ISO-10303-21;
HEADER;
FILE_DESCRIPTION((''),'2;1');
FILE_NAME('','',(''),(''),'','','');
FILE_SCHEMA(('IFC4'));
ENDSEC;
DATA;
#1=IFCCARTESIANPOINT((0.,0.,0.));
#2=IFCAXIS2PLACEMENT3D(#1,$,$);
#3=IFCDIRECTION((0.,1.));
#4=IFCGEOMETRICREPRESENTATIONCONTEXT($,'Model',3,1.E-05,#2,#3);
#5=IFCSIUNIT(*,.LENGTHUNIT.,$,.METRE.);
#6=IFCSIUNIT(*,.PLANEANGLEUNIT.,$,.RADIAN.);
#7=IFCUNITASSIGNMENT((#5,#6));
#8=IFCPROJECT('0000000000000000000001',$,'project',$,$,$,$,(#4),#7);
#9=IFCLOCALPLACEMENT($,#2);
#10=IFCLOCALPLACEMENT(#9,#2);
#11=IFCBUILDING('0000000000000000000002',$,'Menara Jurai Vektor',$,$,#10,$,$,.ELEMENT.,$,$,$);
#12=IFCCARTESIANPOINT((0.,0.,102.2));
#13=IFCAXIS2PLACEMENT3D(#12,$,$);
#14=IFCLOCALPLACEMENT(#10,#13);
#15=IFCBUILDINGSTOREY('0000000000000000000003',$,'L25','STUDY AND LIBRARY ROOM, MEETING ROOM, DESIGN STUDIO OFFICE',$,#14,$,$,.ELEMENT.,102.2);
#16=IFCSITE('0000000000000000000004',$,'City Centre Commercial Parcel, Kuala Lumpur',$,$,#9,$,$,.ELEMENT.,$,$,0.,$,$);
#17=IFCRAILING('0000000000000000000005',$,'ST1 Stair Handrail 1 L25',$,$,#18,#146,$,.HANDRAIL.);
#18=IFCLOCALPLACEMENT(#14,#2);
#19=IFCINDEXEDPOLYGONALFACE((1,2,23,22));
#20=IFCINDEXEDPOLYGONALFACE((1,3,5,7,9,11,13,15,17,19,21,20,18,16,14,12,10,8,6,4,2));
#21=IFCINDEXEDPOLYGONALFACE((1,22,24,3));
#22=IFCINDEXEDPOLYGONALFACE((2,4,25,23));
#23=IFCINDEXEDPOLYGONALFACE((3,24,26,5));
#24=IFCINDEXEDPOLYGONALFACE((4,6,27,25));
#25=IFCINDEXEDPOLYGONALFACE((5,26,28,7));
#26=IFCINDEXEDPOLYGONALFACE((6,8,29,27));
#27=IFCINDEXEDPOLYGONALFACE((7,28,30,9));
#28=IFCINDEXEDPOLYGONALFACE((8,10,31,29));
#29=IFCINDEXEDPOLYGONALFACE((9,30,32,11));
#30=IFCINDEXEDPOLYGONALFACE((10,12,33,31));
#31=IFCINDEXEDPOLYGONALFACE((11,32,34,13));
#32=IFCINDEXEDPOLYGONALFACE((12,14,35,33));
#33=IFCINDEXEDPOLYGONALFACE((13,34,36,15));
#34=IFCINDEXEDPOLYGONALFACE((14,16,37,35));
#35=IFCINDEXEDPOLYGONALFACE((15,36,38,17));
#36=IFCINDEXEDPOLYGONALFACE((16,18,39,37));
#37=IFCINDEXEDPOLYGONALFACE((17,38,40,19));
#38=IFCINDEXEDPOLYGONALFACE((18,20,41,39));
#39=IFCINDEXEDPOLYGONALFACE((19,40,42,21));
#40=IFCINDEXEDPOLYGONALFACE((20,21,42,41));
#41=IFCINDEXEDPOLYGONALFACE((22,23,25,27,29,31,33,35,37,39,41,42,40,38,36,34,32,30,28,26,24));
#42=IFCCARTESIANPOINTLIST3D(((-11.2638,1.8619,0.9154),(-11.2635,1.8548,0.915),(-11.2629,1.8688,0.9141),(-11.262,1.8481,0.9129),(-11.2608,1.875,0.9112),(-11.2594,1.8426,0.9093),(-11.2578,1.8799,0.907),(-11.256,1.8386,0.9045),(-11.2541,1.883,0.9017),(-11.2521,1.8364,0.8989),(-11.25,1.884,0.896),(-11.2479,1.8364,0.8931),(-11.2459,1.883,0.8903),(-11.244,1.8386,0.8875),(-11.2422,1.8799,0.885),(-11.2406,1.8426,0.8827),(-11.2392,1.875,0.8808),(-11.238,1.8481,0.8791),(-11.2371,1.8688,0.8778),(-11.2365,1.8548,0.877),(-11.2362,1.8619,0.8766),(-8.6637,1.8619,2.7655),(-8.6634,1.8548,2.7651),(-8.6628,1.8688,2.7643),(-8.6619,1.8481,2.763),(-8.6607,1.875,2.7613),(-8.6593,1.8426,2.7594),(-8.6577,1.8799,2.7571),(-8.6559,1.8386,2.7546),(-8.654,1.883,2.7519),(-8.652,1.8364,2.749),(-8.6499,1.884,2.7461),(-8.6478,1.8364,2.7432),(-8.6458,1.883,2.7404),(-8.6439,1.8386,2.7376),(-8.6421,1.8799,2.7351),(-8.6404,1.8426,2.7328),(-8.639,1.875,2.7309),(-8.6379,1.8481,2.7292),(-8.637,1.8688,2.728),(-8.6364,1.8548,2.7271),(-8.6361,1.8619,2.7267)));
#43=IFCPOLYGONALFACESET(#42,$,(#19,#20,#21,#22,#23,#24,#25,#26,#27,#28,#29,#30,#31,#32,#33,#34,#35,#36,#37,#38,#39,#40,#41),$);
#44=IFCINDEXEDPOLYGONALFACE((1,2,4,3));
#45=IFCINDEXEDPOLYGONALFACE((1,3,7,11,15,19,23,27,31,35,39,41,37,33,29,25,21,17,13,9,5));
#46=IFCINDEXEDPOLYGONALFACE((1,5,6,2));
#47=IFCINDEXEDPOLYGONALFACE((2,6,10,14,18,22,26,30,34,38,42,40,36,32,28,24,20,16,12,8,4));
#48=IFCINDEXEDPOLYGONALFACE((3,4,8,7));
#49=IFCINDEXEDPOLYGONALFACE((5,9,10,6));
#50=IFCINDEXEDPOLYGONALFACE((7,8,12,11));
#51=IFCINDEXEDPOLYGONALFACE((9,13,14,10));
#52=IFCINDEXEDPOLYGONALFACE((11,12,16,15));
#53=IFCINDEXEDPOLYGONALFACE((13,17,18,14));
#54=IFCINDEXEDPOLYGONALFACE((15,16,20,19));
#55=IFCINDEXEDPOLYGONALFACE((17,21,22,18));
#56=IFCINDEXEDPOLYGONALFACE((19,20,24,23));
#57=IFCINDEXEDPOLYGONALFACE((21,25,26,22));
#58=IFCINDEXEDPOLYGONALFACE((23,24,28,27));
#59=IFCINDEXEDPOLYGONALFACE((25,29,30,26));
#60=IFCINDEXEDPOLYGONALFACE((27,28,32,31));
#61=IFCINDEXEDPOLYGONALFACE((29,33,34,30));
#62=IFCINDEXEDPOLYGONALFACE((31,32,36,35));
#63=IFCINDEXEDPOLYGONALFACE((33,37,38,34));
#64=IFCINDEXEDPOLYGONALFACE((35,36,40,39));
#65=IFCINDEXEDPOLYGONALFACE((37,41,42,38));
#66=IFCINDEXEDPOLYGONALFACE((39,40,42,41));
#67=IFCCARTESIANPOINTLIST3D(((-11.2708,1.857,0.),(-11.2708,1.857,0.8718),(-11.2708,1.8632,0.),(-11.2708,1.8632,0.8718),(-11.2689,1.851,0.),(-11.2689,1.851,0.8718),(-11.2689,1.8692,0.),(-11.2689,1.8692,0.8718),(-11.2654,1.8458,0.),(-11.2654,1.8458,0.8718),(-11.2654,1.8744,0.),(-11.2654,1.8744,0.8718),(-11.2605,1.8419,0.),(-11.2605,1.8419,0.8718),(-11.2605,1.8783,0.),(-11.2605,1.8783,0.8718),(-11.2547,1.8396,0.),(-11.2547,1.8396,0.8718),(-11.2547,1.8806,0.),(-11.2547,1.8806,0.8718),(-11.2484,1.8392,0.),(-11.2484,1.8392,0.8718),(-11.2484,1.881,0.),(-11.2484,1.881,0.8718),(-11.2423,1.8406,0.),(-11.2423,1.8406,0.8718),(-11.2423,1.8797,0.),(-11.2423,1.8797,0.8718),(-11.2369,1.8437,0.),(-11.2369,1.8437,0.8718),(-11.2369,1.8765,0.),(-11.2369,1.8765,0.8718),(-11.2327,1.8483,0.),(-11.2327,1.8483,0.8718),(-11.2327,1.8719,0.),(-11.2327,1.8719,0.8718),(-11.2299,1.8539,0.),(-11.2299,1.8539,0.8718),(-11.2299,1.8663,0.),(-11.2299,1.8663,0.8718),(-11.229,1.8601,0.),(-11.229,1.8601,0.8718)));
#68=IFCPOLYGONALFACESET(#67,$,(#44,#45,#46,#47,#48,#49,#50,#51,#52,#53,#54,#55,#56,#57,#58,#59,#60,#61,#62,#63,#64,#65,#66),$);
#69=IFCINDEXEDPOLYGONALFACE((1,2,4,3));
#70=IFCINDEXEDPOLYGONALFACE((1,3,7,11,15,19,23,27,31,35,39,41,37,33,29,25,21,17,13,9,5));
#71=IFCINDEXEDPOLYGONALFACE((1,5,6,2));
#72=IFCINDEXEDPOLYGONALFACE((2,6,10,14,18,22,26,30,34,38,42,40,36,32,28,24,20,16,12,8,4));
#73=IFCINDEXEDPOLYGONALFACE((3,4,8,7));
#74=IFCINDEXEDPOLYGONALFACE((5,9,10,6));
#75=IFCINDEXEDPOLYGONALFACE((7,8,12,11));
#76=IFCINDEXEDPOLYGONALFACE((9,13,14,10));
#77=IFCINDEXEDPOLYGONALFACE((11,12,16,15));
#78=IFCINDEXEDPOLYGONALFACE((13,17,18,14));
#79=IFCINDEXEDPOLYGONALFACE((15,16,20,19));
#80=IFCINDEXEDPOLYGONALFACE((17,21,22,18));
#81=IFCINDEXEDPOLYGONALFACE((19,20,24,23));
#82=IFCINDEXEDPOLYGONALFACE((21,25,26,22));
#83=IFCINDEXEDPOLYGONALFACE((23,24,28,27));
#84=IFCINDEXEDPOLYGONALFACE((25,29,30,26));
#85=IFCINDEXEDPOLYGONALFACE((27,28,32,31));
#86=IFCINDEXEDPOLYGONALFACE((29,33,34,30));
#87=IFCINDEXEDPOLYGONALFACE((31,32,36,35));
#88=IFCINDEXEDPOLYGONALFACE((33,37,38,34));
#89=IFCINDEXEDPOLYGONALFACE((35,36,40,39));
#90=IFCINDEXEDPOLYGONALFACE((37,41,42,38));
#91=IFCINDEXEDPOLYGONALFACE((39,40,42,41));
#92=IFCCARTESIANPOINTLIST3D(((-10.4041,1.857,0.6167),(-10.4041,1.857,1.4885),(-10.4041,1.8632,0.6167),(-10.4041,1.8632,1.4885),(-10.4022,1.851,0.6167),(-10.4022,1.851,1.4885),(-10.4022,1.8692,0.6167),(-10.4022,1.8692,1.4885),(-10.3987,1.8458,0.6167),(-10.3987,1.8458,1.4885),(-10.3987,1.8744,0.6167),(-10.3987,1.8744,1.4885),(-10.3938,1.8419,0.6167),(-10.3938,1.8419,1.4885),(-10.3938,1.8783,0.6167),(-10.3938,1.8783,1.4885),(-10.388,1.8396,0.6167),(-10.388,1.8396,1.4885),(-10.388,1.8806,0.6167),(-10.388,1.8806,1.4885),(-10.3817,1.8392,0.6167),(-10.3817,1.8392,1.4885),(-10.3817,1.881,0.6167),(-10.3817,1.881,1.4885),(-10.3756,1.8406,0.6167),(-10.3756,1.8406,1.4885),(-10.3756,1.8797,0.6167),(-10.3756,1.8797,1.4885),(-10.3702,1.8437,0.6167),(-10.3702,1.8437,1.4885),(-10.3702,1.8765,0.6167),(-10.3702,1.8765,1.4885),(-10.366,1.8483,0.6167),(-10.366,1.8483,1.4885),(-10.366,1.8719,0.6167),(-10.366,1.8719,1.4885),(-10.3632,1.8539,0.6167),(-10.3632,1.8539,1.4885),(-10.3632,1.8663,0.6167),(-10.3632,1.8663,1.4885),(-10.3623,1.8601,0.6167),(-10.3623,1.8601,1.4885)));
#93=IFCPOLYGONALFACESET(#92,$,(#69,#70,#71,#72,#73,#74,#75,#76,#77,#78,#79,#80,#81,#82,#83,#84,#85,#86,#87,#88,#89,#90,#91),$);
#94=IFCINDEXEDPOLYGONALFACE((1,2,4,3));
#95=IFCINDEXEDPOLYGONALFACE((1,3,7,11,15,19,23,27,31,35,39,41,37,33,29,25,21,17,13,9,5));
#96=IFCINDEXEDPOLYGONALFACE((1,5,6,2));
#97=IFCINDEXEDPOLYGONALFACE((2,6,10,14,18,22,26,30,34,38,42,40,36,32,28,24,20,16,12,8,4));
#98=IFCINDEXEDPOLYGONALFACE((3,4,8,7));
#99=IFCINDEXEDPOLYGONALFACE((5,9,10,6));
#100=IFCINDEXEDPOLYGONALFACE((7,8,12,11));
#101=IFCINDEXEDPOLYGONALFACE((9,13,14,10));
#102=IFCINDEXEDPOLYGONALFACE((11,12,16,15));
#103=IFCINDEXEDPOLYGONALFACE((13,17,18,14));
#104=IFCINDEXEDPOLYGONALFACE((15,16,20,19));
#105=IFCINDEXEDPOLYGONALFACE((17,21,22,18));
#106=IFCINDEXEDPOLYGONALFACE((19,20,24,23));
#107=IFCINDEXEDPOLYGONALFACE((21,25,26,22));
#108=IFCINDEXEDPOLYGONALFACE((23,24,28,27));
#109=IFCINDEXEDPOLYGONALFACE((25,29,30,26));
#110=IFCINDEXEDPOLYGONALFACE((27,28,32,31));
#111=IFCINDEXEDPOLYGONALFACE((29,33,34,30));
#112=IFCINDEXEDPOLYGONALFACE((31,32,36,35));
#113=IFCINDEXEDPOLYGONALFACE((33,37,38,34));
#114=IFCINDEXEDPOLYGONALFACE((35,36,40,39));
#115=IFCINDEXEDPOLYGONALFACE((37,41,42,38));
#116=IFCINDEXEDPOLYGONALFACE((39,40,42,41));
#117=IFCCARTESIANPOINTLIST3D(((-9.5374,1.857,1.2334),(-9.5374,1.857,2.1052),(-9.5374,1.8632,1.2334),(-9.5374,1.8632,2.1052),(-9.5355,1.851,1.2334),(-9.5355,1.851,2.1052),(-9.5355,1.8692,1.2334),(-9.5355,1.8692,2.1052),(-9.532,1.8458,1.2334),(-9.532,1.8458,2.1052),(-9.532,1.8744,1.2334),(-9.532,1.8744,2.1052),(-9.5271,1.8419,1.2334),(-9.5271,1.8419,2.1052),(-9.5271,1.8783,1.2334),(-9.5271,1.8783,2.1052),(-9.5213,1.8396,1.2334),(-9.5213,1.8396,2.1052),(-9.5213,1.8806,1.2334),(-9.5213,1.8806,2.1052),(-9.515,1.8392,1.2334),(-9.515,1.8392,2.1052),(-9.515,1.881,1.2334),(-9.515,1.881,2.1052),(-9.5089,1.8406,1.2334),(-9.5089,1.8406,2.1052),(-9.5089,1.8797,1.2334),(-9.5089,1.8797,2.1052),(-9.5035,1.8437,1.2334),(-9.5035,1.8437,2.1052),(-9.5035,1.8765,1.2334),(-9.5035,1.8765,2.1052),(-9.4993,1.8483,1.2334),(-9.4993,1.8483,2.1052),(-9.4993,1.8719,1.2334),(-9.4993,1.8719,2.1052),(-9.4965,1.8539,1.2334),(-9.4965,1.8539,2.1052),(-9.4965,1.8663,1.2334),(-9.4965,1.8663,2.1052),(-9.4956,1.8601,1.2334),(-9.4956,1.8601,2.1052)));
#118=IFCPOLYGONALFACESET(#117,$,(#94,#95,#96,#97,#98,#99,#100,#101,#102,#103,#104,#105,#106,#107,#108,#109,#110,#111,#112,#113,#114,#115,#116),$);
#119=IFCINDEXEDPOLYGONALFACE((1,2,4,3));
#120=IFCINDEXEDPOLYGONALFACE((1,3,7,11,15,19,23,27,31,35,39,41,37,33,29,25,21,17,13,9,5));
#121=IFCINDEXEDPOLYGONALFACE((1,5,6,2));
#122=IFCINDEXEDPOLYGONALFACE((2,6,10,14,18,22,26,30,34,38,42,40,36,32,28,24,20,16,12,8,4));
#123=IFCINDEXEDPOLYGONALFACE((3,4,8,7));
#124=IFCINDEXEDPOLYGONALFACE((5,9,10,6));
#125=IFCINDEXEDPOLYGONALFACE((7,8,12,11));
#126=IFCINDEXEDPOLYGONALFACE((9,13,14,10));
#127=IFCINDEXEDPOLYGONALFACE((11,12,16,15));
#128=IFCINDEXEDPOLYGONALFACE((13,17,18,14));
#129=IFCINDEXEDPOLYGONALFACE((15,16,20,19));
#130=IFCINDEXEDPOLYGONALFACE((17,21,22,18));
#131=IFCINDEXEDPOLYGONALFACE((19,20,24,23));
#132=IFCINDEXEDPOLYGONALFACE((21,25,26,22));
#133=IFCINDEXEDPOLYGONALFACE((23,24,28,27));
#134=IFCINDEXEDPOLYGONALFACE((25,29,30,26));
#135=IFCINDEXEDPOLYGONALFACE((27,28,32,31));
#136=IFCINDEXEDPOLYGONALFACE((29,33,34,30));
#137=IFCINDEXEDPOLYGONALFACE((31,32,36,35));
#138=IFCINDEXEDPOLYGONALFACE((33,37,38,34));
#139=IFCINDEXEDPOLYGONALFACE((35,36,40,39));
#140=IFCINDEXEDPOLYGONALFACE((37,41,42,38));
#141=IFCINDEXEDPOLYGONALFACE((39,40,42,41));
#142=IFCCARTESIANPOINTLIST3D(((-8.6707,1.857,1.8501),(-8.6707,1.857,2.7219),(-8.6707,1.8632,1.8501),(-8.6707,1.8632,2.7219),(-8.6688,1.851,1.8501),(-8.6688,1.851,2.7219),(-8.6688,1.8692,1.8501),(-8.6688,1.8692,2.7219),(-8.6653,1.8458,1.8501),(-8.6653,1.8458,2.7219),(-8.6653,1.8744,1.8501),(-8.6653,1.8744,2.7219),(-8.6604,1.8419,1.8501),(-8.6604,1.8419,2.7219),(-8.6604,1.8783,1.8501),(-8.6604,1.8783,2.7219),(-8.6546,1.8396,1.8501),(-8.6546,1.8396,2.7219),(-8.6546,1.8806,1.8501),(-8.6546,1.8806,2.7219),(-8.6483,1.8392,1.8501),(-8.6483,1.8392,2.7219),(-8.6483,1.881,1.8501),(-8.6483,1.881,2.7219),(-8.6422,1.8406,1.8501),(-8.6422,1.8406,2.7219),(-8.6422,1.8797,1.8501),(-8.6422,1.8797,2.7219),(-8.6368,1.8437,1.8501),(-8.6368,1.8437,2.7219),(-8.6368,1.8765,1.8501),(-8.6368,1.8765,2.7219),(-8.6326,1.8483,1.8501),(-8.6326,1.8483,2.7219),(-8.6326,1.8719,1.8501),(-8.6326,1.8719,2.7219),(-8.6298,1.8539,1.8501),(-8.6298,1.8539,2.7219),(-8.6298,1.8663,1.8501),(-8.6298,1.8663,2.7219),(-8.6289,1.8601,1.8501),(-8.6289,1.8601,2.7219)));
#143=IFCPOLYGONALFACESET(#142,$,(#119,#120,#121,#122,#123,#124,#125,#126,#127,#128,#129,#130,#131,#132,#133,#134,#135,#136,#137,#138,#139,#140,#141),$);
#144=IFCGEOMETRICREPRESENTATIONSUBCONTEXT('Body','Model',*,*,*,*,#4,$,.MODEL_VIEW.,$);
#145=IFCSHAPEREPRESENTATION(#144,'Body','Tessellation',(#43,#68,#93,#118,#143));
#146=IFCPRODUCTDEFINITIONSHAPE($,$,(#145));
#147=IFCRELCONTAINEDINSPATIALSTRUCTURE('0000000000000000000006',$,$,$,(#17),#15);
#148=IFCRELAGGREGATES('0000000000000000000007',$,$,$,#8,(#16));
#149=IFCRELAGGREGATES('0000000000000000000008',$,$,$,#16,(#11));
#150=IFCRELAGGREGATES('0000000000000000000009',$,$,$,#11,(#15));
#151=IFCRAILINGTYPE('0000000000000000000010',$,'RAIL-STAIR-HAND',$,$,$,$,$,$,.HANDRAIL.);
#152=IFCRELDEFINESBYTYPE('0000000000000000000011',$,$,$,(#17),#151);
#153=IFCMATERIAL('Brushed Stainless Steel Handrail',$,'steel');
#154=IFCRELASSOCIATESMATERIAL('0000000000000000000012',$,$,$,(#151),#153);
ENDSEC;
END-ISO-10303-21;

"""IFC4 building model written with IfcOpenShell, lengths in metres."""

from ifc_helpers import new_model, si_unit, direction, frame, origin, origin_2d, place, context, subcontext, project, spatial, circle, extrude, material, type_object, element, save


model = new_model("IFC4")

# Units and contexts
model_context = context("Model", 3, precision=1e-05, world=origin(), true_north=direction((0.0, 1.0)))
body_context = subcontext(model_context, "Body", "Model", "MODEL_VIEW")
ifc_project = project(units=[si_unit("LENGTHUNIT", "METRE"), si_unit("PLANEANGLEUNIT", "RADIAN")], contexts=[model_context])

# Site, building, storey
site_placement = place(None, origin())
site = spatial("IfcSite", under=ifc_project, at=site_placement, Name="City Centre Commercial Parcel, Kuala Lumpur", CompositionType="ELEMENT", RefElevation=0.0)
building_placement = place(site_placement, origin())
building = spatial("IfcBuilding", under=site, at=building_placement, Name="Menara Jurai Vektor", CompositionType="ELEMENT")
storey_placement = place(building_placement, frame((0.0, 0.0, 102.2)))
storey = spatial("IfcBuildingStorey", under=building, at=storey_placement, Name="L25", Description="STUDY AND LIBRARY ROOM, MEETING ROOM, DESIGN STUDIO OFFICE", CompositionType="ELEMENT", Elevation=102.2)

# Railing
ifc_material_1 = material(Name="Brushed Stainless Steel Handrail", Category="steel")
railing_type_1 = type_object("IfcRailingType", Name="RAIL-STAIR-HAND", PredefinedType="HANDRAIL", material=ifc_material_1)
railing_1_placement = place(storey_placement, frame((-11.25, 1.8601, 0.0)))
element("IfcRailing", 1, at=railing_1_placement, inside=storey, type_object=railing_type_1, Name="ST1 Stair Handrail 1 L25", PredefinedType="HANDRAIL", context=body_context, shape_type="SweptSolid", body=[
    extrude(circle(Radius=0.0239, at=origin_2d()), frame((0.0, 0.0, 0.896), z_axis=(0.814787, 0.0, 0.579761), x_axis=(0.0, 1.0, 0.0)), (0.0, 0.0, 1.0), 3.1912),
    extrude(circle(Radius=0.021, at=origin_2d()), origin(), (0.0, 0.0, 1.0), 0.8718),
    extrude(circle(Radius=0.021, at=origin_2d()), frame((0.8667, 0.0, 0.6167)), (0.0, 0.0, 1.0), 0.8718),
    extrude(circle(Radius=0.021, at=origin_2d()), frame((1.7334, 0.0, 1.2334)), (0.0, 0.0, 1.0), 0.8718),
    extrude(circle(Radius=0.021, at=origin_2d()), frame((2.6001, 0.0, 1.8501)), (0.0, 0.0, 1.0), 0.8718),
])

save(model, "model.ifc")
